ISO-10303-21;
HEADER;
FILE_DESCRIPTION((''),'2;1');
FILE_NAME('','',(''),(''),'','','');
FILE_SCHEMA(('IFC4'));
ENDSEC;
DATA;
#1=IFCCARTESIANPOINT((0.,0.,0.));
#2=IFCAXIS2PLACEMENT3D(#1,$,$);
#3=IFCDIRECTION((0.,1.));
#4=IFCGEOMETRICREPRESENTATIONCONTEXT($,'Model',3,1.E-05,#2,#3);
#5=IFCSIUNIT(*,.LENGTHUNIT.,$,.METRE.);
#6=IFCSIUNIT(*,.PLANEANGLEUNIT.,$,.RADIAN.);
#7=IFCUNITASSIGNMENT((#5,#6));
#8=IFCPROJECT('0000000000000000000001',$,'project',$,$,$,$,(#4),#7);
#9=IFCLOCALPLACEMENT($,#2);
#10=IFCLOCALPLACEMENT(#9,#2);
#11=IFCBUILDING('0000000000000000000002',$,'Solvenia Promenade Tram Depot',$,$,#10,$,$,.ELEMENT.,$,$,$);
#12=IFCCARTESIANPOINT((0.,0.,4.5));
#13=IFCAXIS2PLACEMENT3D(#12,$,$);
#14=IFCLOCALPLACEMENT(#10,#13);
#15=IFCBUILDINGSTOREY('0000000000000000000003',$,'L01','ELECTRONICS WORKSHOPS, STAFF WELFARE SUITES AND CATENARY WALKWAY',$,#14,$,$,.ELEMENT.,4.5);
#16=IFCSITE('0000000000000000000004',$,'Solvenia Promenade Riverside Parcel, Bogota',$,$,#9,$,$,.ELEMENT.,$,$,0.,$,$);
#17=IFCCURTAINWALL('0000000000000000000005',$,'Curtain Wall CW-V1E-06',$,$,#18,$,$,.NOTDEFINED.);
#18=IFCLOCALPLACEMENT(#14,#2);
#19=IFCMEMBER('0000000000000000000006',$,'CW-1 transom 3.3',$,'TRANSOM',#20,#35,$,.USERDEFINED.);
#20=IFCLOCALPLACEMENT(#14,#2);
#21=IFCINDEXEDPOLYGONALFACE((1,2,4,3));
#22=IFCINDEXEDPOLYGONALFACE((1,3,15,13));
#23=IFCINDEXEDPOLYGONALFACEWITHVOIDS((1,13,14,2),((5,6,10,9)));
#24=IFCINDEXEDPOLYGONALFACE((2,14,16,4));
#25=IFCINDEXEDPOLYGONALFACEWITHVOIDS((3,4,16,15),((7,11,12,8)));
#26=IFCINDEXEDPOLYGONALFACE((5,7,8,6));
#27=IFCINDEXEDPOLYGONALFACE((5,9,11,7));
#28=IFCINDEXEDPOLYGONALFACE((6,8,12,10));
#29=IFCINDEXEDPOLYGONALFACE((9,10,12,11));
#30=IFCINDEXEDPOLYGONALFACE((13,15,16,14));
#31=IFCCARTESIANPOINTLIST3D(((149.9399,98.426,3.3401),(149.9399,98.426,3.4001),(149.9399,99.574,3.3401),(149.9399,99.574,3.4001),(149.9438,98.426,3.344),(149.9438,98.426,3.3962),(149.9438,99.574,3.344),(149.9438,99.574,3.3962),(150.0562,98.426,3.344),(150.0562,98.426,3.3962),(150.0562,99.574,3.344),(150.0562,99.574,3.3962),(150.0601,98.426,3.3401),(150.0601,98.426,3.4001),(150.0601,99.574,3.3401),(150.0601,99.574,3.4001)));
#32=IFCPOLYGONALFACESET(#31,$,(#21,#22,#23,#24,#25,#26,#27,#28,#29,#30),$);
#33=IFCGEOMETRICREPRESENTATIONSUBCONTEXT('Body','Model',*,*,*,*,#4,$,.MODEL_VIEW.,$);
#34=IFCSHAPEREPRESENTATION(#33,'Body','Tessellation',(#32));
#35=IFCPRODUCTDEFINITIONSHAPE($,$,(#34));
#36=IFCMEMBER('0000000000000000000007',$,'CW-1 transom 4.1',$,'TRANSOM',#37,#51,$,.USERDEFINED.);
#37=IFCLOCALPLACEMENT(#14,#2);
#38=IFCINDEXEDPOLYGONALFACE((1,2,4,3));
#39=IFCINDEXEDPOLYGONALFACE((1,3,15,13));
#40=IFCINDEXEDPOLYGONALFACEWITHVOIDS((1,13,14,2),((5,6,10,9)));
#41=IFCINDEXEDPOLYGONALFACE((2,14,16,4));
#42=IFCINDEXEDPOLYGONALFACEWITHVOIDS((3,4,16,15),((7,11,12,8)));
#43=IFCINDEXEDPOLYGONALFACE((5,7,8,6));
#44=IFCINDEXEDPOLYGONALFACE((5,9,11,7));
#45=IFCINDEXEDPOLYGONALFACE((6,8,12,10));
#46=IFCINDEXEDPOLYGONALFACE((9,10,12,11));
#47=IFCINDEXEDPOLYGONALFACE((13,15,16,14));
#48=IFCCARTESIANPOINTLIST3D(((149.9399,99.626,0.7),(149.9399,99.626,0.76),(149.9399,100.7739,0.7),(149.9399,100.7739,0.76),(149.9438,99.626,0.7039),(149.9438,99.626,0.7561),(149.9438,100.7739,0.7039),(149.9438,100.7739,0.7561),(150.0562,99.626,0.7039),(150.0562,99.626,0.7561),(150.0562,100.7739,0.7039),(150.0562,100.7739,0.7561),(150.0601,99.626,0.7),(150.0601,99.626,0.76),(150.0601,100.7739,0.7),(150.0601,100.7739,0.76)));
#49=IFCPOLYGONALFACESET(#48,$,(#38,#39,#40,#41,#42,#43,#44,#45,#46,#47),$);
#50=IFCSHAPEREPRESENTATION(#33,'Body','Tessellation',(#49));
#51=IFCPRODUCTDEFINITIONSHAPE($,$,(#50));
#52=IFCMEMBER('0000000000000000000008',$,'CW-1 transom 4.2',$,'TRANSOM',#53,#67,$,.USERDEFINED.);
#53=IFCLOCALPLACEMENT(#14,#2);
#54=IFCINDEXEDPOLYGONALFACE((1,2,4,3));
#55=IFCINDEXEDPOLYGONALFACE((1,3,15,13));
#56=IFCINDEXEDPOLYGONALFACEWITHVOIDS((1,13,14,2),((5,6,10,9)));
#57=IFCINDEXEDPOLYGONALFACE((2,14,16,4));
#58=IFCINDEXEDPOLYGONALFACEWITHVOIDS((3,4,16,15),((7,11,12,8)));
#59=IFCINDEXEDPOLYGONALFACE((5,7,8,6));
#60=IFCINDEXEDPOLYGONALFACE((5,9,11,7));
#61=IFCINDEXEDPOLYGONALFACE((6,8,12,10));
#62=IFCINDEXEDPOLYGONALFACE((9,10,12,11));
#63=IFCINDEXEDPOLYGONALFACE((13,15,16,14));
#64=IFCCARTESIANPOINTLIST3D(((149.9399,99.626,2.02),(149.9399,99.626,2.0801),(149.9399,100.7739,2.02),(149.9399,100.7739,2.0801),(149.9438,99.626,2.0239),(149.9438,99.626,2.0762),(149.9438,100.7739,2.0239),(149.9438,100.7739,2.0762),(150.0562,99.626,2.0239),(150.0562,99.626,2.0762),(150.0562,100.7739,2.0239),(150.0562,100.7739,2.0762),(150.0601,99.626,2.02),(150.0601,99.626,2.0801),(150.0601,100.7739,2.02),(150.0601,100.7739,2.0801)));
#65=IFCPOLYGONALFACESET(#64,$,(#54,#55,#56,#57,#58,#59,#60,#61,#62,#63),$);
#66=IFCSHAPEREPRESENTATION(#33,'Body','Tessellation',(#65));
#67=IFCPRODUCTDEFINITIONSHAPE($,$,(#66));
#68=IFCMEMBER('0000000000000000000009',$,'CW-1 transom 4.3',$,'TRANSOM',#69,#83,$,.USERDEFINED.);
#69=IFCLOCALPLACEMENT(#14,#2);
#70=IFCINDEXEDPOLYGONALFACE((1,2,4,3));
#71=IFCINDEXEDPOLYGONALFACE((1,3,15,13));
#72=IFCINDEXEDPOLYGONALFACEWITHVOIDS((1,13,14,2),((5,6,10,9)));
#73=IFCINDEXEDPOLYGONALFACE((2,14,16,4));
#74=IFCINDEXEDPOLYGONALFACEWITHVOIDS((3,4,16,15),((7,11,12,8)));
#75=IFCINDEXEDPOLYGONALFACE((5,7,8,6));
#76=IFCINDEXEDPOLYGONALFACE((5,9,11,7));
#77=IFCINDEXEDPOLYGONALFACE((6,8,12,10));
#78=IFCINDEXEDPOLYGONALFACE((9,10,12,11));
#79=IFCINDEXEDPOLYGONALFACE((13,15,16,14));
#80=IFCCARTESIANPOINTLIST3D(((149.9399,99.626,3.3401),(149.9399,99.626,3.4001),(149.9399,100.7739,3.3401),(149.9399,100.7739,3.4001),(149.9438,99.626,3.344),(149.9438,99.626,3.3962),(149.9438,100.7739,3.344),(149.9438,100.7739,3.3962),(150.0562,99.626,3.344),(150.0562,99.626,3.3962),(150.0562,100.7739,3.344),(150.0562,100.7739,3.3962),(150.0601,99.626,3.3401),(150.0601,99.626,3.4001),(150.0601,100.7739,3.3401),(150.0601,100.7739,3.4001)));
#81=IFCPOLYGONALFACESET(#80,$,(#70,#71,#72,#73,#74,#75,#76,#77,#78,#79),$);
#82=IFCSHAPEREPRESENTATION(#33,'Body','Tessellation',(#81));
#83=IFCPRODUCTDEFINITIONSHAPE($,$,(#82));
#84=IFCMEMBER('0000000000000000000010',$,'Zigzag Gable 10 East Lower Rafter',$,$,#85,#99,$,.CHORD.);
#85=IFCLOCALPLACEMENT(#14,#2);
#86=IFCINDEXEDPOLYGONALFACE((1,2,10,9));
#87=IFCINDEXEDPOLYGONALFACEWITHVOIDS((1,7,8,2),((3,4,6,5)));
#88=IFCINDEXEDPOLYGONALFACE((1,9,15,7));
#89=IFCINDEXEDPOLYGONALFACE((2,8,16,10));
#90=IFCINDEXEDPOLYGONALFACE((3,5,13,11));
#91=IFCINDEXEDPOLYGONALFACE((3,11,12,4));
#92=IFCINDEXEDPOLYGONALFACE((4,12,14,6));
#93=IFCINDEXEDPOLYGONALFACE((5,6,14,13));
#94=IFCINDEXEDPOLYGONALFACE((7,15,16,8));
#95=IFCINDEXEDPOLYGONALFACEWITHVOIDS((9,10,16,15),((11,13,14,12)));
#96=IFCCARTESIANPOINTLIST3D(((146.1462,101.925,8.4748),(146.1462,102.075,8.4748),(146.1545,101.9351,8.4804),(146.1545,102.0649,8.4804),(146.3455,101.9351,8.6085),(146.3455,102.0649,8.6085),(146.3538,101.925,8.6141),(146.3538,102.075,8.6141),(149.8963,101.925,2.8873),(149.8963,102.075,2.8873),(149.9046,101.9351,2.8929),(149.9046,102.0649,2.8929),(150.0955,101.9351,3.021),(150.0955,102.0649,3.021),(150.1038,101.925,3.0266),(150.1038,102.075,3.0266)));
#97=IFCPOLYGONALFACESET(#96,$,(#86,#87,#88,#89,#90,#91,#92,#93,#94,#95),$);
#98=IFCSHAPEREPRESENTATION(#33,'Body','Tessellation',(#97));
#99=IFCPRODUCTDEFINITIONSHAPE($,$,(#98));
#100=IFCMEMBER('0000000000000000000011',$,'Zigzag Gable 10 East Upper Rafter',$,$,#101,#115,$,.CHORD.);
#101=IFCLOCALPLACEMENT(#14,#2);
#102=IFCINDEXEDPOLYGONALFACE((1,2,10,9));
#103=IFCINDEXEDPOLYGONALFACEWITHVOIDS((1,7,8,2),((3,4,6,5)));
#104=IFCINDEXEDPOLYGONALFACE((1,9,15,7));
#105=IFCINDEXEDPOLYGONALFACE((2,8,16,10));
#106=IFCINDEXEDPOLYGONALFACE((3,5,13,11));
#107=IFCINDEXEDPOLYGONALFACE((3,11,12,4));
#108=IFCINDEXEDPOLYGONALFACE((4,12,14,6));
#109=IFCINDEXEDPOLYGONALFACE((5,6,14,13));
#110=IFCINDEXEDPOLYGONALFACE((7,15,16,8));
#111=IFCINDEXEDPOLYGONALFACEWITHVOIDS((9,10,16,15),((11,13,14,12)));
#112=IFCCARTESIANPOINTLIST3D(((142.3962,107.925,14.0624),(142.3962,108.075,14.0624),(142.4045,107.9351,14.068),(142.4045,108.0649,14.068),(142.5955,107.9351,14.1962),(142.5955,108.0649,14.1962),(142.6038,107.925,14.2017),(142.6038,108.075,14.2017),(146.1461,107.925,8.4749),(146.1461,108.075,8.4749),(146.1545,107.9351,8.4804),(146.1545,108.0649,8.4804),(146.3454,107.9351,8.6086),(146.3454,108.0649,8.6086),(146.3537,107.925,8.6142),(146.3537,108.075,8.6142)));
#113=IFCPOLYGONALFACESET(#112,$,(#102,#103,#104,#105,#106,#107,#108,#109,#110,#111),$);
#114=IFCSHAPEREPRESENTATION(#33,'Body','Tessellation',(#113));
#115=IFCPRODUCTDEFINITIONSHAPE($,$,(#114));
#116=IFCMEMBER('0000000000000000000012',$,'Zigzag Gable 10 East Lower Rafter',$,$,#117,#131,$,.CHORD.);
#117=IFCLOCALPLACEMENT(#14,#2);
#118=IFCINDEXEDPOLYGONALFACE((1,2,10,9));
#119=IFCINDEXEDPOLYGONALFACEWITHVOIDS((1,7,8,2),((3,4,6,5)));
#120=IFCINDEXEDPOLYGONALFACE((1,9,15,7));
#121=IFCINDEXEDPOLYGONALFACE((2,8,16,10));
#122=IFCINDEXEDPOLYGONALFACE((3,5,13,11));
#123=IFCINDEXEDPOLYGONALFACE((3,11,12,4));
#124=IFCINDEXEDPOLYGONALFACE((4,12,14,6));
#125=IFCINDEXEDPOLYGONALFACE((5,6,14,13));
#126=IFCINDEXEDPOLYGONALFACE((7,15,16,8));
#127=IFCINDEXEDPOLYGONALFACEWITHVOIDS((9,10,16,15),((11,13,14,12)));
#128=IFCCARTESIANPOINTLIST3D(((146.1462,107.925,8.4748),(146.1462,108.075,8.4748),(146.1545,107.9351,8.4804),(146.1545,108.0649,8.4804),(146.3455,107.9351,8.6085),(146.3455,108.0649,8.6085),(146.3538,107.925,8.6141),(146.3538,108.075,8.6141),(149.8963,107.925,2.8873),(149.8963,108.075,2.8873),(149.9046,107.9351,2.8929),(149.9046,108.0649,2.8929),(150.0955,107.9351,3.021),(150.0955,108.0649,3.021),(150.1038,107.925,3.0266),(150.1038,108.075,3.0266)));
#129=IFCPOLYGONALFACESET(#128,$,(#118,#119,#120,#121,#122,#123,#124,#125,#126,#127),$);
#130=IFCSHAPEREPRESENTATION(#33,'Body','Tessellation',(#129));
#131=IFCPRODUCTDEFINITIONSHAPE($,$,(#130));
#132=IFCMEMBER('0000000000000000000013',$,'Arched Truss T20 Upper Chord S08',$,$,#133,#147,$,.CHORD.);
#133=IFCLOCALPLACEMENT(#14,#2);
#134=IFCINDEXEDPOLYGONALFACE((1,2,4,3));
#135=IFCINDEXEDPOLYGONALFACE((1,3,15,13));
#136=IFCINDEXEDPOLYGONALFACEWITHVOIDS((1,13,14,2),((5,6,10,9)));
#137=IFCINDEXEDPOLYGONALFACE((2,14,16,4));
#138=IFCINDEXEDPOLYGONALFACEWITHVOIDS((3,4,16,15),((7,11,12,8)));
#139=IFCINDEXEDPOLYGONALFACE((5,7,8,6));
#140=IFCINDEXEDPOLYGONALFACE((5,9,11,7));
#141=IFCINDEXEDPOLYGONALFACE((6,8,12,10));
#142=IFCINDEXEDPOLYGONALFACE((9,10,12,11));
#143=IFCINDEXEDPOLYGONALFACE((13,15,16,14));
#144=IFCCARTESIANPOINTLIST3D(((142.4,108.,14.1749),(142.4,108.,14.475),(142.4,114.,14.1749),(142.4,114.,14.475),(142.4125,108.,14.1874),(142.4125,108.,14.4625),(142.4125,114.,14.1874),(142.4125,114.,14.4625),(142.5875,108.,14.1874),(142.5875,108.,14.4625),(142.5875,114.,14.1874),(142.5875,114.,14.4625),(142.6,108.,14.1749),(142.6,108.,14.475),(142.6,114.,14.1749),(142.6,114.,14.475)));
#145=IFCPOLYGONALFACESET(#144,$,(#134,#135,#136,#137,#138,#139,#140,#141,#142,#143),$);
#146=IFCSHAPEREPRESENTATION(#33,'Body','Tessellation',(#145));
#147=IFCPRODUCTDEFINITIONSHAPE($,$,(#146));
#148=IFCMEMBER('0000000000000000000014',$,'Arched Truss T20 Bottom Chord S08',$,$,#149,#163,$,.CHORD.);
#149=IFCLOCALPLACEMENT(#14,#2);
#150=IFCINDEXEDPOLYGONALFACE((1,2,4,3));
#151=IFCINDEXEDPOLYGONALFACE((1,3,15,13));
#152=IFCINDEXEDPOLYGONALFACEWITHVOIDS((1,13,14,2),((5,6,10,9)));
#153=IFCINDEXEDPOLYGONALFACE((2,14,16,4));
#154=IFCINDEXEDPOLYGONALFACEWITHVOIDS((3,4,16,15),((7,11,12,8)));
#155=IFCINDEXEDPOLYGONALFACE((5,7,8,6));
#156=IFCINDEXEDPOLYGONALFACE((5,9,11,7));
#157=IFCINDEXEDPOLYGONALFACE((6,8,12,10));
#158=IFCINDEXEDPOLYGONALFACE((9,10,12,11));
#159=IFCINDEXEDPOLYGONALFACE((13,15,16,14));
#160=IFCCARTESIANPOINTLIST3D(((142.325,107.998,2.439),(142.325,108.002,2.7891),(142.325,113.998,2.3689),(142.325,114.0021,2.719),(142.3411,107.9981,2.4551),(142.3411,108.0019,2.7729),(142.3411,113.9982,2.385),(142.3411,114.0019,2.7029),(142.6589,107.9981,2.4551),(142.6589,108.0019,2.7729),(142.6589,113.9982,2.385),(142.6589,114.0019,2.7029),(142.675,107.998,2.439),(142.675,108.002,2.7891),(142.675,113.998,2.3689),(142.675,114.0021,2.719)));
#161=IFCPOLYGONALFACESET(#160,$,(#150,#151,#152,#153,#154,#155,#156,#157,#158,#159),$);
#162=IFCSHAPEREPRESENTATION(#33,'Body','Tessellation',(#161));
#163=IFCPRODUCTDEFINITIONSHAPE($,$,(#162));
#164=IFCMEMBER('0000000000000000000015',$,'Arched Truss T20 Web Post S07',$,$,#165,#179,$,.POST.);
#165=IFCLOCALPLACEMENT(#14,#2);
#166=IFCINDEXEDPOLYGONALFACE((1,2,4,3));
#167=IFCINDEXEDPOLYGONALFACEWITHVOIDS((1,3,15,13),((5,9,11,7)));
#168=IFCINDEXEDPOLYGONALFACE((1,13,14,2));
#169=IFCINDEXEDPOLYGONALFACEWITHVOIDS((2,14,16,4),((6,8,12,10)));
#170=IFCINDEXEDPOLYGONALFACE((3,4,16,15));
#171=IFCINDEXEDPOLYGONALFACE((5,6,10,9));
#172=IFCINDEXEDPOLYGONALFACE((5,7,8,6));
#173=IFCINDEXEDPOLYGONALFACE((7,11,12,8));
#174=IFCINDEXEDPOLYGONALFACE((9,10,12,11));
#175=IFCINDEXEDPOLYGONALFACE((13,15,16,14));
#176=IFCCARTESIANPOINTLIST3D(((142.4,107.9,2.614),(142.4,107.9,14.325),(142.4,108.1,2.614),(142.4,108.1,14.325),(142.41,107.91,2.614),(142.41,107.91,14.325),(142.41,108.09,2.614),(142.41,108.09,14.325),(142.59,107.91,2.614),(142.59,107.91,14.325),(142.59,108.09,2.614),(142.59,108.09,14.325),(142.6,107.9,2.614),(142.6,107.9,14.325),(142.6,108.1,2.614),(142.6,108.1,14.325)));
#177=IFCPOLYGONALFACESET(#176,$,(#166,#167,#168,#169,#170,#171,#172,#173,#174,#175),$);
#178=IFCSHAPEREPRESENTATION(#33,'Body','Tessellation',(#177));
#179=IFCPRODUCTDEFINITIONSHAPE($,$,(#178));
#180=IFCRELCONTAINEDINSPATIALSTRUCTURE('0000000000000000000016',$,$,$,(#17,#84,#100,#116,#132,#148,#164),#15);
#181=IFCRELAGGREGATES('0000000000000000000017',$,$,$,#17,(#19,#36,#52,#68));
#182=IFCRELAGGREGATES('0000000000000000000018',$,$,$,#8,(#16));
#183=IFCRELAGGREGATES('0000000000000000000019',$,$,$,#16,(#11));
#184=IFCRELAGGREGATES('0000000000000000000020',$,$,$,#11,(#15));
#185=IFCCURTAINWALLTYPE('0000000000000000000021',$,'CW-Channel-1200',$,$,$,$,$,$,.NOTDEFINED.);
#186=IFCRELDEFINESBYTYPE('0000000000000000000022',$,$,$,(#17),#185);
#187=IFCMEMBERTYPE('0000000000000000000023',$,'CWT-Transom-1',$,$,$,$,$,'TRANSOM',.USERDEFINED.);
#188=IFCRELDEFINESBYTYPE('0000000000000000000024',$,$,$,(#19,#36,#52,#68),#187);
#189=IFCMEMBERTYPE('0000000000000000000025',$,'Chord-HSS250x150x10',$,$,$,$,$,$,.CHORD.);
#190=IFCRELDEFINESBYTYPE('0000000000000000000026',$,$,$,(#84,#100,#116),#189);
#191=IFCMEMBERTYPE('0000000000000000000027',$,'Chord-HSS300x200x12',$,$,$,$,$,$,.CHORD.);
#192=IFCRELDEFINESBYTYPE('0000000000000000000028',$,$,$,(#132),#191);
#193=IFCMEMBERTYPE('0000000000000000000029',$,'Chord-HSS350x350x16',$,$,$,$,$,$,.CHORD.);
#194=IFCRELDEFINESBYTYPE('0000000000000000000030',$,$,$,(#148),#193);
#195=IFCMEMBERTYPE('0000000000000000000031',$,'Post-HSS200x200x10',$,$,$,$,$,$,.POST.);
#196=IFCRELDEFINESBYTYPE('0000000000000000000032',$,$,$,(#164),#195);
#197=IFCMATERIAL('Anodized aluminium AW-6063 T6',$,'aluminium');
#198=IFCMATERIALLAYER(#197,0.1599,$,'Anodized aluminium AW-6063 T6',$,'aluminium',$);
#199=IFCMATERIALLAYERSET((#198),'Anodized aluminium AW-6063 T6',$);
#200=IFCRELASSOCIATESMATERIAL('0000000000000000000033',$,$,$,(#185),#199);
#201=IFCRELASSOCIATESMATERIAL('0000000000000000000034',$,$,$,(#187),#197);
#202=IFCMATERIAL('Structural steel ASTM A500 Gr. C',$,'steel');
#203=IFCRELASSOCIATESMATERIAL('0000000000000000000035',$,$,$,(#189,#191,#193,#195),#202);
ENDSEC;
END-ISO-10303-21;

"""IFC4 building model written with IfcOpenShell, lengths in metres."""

from ifc_helpers import new_model, si_unit, direction, frame, origin, origin_2d, place, context, subcontext, project, spatial, hollow_rectangle, extrude, material, layer, layer_set, material_profile, profile_set, type_object, element, aggregate, save


model = new_model("IFC4")

# Units and contexts
model_context = context("Model", 3, precision=1e-05, world=origin(), true_north=direction((0.0, 1.0)))
body_context = subcontext(model_context, "Body", "Model", "MODEL_VIEW")
ifc_project = project(units=[si_unit("LENGTHUNIT", "METRE"), si_unit("PLANEANGLEUNIT", "RADIAN")], contexts=[model_context])

# Site, building, storey
site_placement = place(None, origin())
site = spatial("IfcSite", under=ifc_project, at=site_placement, Name="Solvenia Promenade Riverside Parcel, Bogota", CompositionType="ELEMENT", RefElevation=0.0)
building_placement = place(site_placement, origin())
building = spatial("IfcBuilding", under=site, at=building_placement, Name="Solvenia Promenade Tram Depot", CompositionType="ELEMENT")
storey_placement = place(building_placement, frame((0.0, 0.0, 4.5)))
storey = spatial("IfcBuildingStorey", under=building, at=storey_placement, Name="L01", Description="ELECTRONICS WORKSHOPS, STAFF WELFARE SUITES AND CATENARY WALKWAY", CompositionType="ELEMENT", Elevation=4.5)

# Shared definitions
ifc_material_1 = material(Name="Structural steel ASTM A500 Gr. C", Category="steel")

# Curtain wall, members
ifc_material_2 = material(Name="Anodized aluminium AW-6063 T6", Category="aluminium")
ifc_layer_1 = layer(ifc_material_2, 0.1599, Name="Anodized aluminium AW-6063 T6", Category="aluminium")
ifc_layer_set_1 = layer_set([ifc_layer_1], Name="Anodized aluminium AW-6063 T6")
curtain_wall_type = type_object("IfcCurtainWallType", Name="CW-Channel-1200", PredefinedType="NOTDEFINED", material=ifc_layer_set_1)
curtain_wall_placement = place(storey_placement, origin())
curtain_wall = element("IfcCurtainWall", 1, at=curtain_wall_placement, inside=storey, type_object=curtain_wall_type, Name="Curtain Wall CW-V1E-06", PredefinedType="NOTDEFINED")
ifc_material_profile_1 = material_profile(ifc_material_2, hollow_rectangle(XDim=0.1201, YDim=0.0601, WallThickness=0.0039, at=origin_2d()), Name="ALU-T1", Category="aluminium")
ifc_profile_set_1 = profile_set([ifc_material_profile_1], Name="Anodized aluminium AW-6063 T6")
member_type_1 = type_object("IfcMemberType", Name="CWT-Transom-1", ElementType="TRANSOM", PredefinedType="USERDEFINED", material=ifc_profile_set_1)
member_1_placement = place(storey_placement, frame((150.0, 98.426, 3.3701), z_axis=(0.0, 1.0, 0.0), x_axis=(-1.0, 0.0, 0.0)))
member_1 = element("IfcMember", 2, at=member_1_placement, type_object=member_type_1, Name="CW-1 transom 3.3", ObjectType="TRANSOM", PredefinedType="USERDEFINED", context=body_context, shape_type="SweptSolid", body=[
    extrude(hollow_rectangle(XDim=0.1201, YDim=0.0601, WallThickness=0.0039, at=origin_2d()), origin(), (0.0, 0.0, 1.0), 1.1479),
])
member_2_placement = place(storey_placement, frame((150.0, 99.626, 0.73), z_axis=(0.0, 1.0, 0.0), x_axis=(-1.0, 0.0, 0.0)))
member_2 = element("IfcMember", 3, at=member_2_placement, type_object=member_type_1, Name="CW-1 transom 4.1", ObjectType="TRANSOM", PredefinedType="USERDEFINED", context=body_context, shape_type="SweptSolid", body=[
    extrude(hollow_rectangle(XDim=0.1201, YDim=0.0601, WallThickness=0.0039, at=origin_2d()), origin(), (0.0, 0.0, 1.0), 1.1479),
])
member_3_placement = place(storey_placement, frame((150.0, 99.626, 2.05), z_axis=(0.0, 1.0, 0.0), x_axis=(-1.0, 0.0, 0.0)))
member_3 = element("IfcMember", 4, at=member_3_placement, type_object=member_type_1, Name="CW-1 transom 4.2", ObjectType="TRANSOM", PredefinedType="USERDEFINED", context=body_context, shape_type="SweptSolid", body=[
    extrude(hollow_rectangle(XDim=0.1201, YDim=0.0601, WallThickness=0.0039, at=origin_2d()), origin(), (0.0, 0.0, 1.0), 1.1479),
])
member_4_placement = place(storey_placement, frame((150.0, 99.626, 3.3701), z_axis=(0.0, 1.0, 0.0), x_axis=(-1.0, 0.0, 0.0)))
member_4 = element("IfcMember", 5, at=member_4_placement, type_object=member_type_1, Name="CW-1 transom 4.3", ObjectType="TRANSOM", PredefinedType="USERDEFINED", context=body_context, shape_type="SweptSolid", body=[
    extrude(hollow_rectangle(XDim=0.1201, YDim=0.0601, WallThickness=0.0039, at=origin_2d()), origin(), (0.0, 0.0, 1.0), 1.1479),
])

# Members
ifc_material_profile_2 = material_profile(ifc_material_1, hollow_rectangle(XDim=0.1499, YDim=0.25, WallThickness=0.01, at=origin_2d()), Name="HSS250x150x10", Category="steel")
ifc_profile_set_2 = profile_set([ifc_material_profile_2], Name="Structural steel ASTM A500 Gr. C")
member_type_2 = type_object("IfcMemberType", Name="Chord-HSS250x150x10", PredefinedType="CHORD", material=ifc_profile_set_2)
for number, where, z_axis, x_axis, name in (
    (6, (146.25, 102.0, 8.5444), (0.557276, 0.0, -0.830327), (0.0, 1.0, 0.0), "Zigzag Gable 10 East Lower Rafter"),
    (7, (142.5, 108.0, 14.1321), (0.557259, 0.0, -0.830338), (0.0, 1.0, 0.0), "Zigzag Gable 10 East Upper Rafter"),
    (8, (146.25, 108.0, 8.5444), (0.557276, 0.0, -0.830327), (0.0, 1.0, 0.0), "Zigzag Gable 10 East Lower Rafter"),
):
    element("IfcMember", number, at=place(storey_placement, frame(where, z_axis=z_axis, x_axis=x_axis)), inside=storey, type_object=member_type_2, Name=name, PredefinedType="CHORD", context=body_context, shape_type="SweptSolid", body=[
        extrude(hollow_rectangle(XDim=0.1499, YDim=0.25, WallThickness=0.01, at=origin_2d()), origin(), (0.0, 0.0, 1.0), 6.7292),
    ])
ifc_material_profile_3 = material_profile(ifc_material_1, hollow_rectangle(XDim=0.2, YDim=0.3, WallThickness=0.0125, at=origin_2d()), Name="HSS300x200x12.5", Category="steel")
ifc_profile_set_3 = profile_set([ifc_material_profile_3], Name="Structural steel ASTM A500 Gr. C")
member_type_3 = type_object("IfcMemberType", Name="Chord-HSS300x200x12", PredefinedType="CHORD", material=ifc_profile_set_3)
member_5_placement = place(storey_placement, frame((142.5, 108.0, 14.325), z_axis=(0.0, 1.0, 0.0), x_axis=(-1.0, 0.0, 0.0)))
element("IfcMember", 9, at=member_5_placement, inside=storey, type_object=member_type_3, Name="Arched Truss T20 Upper Chord S08", PredefinedType="CHORD", context=body_context, shape_type="SweptSolid", body=[
    extrude(hollow_rectangle(XDim=0.2, YDim=0.3, WallThickness=0.0125, at=origin_2d()), origin(), (0.0, 0.0, 1.0), 6.0),
])
ifc_material_profile_4 = material_profile(ifc_material_1, hollow_rectangle(XDim=0.3501, YDim=0.3501, WallThickness=0.0161, at=origin_2d()), Name="HSS350x350x16", Category="steel")
ifc_profile_set_4 = profile_set([ifc_material_profile_4], Name="Structural steel ASTM A500 Gr. C")
member_type_4 = type_object("IfcMemberType", Name="Chord-HSS350x350x16", PredefinedType="CHORD", material=ifc_profile_set_4)
member_6_placement = place(storey_placement, frame((142.5, 108.0, 2.614), z_axis=(0.0, 0.999932, -0.011677), x_axis=(-1.0, 0.0, 0.0)))
element("IfcMember", 10, at=member_6_placement, inside=storey, type_object=member_type_4, Name="Arched Truss T20 Bottom Chord S08", PredefinedType="CHORD", context=body_context, shape_type="SweptSolid", body=[
    extrude(hollow_rectangle(XDim=0.3501, YDim=0.3501, WallThickness=0.0161, at=origin_2d()), origin(), (0.0, 0.0, 1.0), 6.0005),
])
ifc_material_profile_5 = material_profile(ifc_material_1, hollow_rectangle(XDim=0.2, YDim=0.2, WallThickness=0.01, at=origin_2d()), Name="HSS200x200x10", Category="steel")
ifc_profile_set_5 = profile_set([ifc_material_profile_5], Name="Structural steel ASTM A500 Gr. C")
member_type_5 = type_object("IfcMemberType", Name="Post-HSS200x200x10", PredefinedType="POST", material=ifc_profile_set_5)
member_7_placement = place(storey_placement, frame((142.5, 108.0, 2.614), z_axis=(0.0, 0.0, 1.0), x_axis=(1.0, 0.0, 0.0)))
element("IfcMember", 11, at=member_7_placement, inside=storey, type_object=member_type_5, Name="Arched Truss T20 Web Post S07", PredefinedType="POST", context=body_context, shape_type="SweptSolid", body=[
    extrude(hollow_rectangle(XDim=0.2, YDim=0.2, WallThickness=0.01, at=origin_2d()), origin(), (0.0, 0.0, 1.0), 11.7109),
])

aggregate(curtain_wall, [member_1, member_2, member_3, member_4])

save(model, "model.ifc")
